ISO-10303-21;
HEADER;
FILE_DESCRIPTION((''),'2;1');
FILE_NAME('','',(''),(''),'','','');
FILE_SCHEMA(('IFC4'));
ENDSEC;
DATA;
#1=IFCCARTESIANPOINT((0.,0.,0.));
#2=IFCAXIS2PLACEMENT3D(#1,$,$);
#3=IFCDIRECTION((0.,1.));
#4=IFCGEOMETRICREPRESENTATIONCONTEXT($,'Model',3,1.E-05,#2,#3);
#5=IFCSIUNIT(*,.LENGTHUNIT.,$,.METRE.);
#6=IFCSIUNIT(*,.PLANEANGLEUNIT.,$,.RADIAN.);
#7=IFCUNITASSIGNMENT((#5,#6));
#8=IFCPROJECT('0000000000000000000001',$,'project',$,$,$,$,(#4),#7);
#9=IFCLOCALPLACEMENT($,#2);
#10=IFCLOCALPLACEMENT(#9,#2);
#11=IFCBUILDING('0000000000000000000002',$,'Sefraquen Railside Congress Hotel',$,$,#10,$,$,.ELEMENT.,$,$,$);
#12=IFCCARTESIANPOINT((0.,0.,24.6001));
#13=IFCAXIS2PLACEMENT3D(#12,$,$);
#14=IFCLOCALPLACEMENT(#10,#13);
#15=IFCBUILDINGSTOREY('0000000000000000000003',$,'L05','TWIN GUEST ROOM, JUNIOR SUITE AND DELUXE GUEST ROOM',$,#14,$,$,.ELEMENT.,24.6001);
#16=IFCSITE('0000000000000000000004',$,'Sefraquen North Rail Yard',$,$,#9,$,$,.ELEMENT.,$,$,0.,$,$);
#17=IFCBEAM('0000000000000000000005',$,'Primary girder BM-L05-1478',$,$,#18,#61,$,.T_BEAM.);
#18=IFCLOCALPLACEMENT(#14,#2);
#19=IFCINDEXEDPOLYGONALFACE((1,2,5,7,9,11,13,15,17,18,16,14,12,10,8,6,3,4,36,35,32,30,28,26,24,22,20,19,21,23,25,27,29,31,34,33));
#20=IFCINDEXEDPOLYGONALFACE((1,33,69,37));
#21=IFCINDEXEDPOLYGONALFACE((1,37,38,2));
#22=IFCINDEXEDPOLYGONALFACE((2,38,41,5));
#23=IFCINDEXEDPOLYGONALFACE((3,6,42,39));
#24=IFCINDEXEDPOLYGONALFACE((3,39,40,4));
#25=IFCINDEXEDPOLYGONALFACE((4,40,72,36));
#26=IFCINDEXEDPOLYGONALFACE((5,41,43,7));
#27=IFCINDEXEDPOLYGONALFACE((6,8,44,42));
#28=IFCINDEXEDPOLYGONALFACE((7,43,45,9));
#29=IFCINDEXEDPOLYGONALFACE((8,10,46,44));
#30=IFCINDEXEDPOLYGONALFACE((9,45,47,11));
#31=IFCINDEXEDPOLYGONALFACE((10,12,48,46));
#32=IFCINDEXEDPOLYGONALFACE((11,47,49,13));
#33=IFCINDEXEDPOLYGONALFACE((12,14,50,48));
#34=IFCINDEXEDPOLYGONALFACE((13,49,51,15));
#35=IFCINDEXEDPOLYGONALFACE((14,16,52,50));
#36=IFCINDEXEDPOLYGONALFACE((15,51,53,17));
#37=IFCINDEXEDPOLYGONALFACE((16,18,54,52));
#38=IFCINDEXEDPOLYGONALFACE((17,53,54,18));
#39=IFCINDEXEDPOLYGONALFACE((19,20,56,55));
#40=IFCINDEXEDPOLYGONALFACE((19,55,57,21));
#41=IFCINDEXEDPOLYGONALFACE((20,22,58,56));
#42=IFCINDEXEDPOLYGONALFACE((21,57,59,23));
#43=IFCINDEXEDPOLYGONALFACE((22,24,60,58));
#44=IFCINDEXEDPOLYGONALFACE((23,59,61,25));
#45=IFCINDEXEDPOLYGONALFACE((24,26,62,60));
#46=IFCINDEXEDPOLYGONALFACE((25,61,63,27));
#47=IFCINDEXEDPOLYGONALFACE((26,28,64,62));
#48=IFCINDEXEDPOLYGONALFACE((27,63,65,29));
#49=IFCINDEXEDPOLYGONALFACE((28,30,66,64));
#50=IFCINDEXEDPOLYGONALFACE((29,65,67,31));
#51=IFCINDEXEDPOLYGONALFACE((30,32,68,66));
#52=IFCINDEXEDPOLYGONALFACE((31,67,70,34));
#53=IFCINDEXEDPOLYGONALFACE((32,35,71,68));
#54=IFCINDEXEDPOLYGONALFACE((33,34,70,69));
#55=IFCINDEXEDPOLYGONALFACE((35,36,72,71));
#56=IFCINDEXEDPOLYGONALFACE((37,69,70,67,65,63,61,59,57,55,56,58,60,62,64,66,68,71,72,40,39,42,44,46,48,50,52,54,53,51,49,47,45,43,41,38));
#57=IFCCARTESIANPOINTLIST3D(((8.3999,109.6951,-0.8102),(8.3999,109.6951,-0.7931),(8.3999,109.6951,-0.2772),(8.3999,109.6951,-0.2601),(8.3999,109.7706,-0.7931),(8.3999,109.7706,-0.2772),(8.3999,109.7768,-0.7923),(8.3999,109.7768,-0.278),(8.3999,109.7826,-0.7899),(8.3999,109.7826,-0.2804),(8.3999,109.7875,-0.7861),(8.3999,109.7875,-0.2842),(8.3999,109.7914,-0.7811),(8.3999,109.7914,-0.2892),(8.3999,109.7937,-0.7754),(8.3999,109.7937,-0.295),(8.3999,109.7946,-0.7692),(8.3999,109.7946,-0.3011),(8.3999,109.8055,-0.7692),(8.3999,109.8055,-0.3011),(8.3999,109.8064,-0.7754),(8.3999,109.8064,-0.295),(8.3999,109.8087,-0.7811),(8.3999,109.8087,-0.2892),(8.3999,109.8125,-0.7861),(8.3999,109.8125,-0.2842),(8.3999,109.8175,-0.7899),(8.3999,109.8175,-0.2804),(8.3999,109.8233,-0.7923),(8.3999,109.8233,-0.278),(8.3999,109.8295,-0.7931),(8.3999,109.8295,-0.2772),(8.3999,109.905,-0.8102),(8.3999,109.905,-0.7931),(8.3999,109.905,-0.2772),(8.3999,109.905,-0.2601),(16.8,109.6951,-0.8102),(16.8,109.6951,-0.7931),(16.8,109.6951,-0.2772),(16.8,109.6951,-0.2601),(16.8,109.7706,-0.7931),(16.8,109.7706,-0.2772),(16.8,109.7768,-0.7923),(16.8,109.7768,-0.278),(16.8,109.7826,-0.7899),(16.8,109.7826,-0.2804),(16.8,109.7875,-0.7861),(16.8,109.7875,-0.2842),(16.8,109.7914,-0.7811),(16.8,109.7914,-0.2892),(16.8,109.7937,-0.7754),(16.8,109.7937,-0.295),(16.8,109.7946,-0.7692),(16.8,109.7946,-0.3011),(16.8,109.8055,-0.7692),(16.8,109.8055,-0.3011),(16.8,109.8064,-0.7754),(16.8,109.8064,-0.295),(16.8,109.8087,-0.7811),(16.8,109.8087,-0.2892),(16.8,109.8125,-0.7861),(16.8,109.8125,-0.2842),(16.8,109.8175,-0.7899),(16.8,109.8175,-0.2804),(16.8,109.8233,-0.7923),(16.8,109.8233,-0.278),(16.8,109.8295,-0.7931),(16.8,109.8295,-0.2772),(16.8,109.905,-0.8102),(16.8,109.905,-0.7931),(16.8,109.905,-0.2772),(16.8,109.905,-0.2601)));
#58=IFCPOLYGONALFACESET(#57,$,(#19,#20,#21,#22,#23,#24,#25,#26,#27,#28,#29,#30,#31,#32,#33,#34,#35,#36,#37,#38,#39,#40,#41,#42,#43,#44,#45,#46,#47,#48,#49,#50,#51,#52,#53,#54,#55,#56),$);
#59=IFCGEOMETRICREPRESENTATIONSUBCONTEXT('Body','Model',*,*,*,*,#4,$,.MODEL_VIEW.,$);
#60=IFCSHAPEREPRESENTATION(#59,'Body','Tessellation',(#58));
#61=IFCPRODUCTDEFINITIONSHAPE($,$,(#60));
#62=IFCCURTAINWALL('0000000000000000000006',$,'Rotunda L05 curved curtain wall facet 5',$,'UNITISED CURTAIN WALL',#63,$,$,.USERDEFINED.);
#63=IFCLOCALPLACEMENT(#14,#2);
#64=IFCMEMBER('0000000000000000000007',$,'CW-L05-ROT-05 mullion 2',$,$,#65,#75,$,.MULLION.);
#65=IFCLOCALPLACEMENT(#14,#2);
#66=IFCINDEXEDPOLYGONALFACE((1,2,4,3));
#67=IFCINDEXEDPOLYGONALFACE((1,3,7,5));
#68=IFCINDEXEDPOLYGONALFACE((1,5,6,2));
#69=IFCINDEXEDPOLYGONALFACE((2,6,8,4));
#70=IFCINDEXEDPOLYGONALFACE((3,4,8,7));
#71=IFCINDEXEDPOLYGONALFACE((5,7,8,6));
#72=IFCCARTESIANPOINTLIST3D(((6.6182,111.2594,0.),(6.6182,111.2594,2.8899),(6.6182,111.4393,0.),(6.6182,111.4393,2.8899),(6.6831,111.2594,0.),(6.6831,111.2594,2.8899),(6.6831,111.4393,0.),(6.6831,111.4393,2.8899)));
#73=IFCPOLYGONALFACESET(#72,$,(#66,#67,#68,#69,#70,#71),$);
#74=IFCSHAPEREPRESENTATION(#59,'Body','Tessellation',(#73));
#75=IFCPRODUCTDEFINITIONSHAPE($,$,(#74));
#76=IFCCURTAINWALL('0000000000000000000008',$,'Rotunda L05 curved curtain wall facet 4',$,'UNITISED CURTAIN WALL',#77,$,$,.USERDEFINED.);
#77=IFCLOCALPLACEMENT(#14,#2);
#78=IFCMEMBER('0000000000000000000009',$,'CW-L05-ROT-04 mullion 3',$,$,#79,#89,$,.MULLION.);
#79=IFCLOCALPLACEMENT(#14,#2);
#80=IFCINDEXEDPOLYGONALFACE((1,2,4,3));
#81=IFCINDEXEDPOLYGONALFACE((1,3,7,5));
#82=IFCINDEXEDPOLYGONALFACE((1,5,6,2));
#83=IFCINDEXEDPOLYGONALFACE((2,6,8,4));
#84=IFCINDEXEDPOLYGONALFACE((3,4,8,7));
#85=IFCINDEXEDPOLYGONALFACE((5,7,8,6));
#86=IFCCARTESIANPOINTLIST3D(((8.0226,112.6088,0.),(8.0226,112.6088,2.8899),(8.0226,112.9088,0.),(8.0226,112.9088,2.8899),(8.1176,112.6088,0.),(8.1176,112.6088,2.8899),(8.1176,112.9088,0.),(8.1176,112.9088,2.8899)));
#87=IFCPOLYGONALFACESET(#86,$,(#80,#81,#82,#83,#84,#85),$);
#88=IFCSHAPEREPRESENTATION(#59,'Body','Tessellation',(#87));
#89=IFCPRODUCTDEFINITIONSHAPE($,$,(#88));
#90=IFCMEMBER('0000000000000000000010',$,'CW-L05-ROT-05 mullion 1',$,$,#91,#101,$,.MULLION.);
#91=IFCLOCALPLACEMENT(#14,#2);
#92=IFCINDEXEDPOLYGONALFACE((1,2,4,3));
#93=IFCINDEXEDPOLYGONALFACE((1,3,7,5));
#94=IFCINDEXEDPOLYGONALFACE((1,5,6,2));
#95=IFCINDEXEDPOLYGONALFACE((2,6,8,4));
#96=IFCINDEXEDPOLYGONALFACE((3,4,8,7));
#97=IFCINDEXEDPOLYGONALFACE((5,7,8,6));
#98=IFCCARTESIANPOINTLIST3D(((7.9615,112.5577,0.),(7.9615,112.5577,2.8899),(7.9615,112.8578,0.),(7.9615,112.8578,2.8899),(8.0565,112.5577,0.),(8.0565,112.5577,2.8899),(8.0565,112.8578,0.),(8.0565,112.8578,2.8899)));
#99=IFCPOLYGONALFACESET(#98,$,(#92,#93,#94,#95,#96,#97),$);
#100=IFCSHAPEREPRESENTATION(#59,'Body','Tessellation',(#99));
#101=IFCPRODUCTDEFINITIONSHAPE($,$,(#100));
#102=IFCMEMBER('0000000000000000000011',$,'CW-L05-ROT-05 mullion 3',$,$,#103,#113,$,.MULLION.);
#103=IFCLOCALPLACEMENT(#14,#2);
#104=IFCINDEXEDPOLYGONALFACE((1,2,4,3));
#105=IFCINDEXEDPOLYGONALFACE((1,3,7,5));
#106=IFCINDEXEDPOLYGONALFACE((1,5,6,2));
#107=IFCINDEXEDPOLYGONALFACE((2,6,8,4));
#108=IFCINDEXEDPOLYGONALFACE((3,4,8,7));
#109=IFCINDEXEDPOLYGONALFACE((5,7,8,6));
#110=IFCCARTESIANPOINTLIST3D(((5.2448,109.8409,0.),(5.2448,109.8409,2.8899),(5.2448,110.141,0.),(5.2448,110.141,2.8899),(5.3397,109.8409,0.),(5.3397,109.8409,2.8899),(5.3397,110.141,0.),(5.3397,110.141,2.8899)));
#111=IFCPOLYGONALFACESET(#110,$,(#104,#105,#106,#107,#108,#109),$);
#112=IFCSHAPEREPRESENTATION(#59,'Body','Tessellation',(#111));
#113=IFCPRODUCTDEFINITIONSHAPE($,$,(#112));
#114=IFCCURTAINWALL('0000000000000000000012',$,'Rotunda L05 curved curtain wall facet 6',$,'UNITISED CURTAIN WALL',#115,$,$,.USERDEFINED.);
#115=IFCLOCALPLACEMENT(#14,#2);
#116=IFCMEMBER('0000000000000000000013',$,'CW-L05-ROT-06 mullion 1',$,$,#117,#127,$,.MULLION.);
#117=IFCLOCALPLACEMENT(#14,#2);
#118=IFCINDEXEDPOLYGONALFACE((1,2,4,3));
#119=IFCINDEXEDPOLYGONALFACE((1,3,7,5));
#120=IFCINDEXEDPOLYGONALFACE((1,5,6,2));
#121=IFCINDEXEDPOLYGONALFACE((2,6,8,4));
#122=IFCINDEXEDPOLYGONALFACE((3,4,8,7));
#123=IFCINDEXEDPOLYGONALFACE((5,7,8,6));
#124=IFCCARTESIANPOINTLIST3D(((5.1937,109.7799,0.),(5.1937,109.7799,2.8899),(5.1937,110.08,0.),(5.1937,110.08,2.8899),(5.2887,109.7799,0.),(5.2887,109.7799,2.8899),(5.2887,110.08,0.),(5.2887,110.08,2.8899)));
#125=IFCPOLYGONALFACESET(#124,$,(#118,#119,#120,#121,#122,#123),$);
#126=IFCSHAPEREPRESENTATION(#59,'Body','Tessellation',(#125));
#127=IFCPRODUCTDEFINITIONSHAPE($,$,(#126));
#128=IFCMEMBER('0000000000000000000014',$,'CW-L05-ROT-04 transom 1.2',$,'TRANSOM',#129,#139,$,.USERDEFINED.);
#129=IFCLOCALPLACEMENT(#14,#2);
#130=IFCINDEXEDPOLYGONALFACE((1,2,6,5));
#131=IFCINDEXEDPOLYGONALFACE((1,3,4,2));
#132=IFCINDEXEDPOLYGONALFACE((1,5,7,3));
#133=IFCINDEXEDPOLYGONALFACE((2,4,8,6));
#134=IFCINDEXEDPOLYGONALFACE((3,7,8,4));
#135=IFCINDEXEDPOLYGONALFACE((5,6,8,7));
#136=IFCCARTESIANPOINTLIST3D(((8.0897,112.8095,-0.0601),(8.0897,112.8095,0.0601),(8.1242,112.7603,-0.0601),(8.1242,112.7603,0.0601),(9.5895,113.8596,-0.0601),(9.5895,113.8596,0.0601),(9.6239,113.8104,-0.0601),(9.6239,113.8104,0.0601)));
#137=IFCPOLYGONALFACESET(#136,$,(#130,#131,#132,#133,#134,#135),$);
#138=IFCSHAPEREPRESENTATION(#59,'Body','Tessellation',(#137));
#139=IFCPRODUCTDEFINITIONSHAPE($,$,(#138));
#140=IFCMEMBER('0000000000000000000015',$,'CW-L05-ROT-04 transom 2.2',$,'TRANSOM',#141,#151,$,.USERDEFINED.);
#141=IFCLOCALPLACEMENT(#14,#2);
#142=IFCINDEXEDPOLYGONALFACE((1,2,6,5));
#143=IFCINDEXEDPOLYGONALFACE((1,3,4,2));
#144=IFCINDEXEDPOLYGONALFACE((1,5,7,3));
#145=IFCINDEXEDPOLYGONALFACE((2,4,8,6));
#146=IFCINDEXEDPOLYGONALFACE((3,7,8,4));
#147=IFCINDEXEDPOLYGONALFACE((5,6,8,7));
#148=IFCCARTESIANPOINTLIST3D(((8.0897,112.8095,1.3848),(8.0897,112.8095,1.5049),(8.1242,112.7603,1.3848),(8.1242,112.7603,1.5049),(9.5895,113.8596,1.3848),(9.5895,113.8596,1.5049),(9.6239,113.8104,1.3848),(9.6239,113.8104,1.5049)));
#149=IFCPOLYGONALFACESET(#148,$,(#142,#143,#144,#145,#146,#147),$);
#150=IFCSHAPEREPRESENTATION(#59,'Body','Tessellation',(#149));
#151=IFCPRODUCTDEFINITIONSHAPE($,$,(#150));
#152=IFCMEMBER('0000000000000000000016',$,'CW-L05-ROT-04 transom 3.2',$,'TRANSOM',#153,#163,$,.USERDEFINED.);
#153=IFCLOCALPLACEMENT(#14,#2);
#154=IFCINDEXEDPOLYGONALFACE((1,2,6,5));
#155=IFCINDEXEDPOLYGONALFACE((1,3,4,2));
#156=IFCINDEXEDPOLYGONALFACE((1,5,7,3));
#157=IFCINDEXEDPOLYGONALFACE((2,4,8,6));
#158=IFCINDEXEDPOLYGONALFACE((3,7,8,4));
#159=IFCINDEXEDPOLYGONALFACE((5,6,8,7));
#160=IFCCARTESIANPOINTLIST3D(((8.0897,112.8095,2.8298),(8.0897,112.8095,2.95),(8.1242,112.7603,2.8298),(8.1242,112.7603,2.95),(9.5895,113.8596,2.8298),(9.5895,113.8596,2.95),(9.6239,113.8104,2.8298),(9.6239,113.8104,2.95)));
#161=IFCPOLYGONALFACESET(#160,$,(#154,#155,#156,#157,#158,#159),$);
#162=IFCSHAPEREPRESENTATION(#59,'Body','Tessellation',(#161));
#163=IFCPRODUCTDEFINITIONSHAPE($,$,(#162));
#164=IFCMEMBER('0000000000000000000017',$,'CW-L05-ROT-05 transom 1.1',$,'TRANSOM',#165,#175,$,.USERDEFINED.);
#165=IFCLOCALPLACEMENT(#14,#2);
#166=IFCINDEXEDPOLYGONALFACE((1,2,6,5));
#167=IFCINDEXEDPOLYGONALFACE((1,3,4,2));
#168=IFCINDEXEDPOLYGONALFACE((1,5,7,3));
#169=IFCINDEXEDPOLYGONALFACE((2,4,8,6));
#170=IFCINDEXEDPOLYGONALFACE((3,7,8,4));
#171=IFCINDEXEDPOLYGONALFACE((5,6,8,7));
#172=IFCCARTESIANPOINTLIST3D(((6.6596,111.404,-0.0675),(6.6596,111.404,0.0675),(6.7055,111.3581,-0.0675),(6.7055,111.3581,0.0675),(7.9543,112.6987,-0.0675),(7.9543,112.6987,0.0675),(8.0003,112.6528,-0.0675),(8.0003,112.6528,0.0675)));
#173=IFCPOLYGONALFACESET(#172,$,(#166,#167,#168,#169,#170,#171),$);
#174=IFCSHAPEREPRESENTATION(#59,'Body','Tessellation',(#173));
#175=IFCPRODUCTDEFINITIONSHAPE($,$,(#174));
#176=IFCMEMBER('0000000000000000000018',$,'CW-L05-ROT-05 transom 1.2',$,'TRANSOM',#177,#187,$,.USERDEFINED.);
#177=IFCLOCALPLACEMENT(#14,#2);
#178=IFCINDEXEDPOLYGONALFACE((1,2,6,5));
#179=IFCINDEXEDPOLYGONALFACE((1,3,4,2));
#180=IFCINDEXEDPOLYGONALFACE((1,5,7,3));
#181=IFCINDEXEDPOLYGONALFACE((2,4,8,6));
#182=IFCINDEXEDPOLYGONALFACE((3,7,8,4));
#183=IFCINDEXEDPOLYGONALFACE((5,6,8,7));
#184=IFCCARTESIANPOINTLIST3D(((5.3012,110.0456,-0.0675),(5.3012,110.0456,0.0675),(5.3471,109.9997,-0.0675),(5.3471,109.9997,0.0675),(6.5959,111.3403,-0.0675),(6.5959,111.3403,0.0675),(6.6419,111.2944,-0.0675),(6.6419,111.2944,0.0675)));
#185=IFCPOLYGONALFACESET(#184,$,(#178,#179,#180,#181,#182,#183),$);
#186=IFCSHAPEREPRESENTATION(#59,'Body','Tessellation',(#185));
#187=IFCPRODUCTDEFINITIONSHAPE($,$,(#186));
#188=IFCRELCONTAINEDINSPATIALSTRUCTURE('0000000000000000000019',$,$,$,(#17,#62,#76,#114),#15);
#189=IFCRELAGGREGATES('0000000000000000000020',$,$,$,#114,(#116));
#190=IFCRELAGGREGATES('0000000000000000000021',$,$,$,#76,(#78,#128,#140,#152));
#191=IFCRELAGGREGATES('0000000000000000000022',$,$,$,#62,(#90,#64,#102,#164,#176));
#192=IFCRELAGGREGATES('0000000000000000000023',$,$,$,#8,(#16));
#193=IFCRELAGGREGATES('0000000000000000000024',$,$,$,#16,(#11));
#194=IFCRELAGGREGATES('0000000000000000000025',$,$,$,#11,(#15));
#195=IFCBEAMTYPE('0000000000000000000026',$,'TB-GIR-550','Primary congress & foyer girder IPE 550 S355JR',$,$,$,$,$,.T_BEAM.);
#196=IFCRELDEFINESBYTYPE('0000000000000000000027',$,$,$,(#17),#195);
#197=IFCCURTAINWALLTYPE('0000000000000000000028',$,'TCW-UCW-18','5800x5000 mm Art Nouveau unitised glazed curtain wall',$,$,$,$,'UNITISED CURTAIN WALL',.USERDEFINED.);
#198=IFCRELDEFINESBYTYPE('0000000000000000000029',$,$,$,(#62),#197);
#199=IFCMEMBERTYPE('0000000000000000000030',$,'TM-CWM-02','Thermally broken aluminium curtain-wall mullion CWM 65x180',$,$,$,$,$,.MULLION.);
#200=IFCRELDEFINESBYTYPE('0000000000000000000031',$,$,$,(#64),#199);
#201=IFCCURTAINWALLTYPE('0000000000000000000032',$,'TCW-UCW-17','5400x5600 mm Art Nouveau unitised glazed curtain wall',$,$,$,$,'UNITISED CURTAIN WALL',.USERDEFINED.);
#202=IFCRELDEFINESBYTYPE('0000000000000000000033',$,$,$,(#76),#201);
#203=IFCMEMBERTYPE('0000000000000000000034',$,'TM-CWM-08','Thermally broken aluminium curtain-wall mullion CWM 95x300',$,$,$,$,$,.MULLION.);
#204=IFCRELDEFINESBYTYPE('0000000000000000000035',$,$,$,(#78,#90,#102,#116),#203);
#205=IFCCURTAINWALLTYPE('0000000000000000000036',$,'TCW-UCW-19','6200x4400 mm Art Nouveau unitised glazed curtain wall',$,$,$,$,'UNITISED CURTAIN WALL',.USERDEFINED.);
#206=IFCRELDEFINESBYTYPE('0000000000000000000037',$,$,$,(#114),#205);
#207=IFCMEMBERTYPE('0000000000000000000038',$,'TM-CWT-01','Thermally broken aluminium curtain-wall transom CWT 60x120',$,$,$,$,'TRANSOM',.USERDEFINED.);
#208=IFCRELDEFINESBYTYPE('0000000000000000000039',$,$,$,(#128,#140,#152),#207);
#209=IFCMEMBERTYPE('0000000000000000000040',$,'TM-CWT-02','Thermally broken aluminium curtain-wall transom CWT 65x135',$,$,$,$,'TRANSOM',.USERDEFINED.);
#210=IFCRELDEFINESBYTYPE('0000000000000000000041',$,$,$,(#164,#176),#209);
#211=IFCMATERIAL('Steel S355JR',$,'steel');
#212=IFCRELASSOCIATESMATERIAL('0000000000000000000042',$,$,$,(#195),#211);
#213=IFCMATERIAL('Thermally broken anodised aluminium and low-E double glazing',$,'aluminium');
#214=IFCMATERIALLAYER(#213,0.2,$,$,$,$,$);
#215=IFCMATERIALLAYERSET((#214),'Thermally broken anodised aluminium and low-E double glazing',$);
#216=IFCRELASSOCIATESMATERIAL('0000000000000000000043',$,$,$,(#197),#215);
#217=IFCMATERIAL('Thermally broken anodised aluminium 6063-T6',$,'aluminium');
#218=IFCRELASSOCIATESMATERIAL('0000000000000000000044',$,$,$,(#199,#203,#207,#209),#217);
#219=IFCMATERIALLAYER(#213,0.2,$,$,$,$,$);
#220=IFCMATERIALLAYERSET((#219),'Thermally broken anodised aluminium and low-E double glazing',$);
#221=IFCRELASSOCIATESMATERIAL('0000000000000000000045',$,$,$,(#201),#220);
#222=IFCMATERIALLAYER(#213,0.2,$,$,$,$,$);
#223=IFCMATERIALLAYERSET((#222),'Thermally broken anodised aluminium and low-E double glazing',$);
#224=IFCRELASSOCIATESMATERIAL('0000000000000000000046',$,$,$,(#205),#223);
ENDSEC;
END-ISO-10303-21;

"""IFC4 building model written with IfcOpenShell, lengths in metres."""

from ifc_helpers import new_model, si_unit, direction, frame, origin, origin_2d, place, context, subcontext, project, spatial, rectangle, i_section, extrude, material, layer, layer_set, material_profile, profile_set, type_object, element, aggregate, save


model = new_model("IFC4")

# Units and contexts
model_context = context("Model", 3, precision=1e-05, world=origin(), true_north=direction((0.0, 1.0)))
body_context = subcontext(model_context, "Body", "Model", "MODEL_VIEW")
ifc_project = project(units=[si_unit("LENGTHUNIT", "METRE"), si_unit("PLANEANGLEUNIT", "RADIAN")], contexts=[model_context])

# Site, building, storey
site_placement = place(None, origin())
site = spatial("IfcSite", under=ifc_project, at=site_placement, Name="Sefraquen North Rail Yard", CompositionType="ELEMENT", RefElevation=0.0)
building_placement = place(site_placement, origin())
building = spatial("IfcBuilding", under=site, at=building_placement, Name="Sefraquen Railside Congress Hotel", CompositionType="ELEMENT")
storey_placement = place(building_placement, frame((0.0, 0.0, 24.6001)))
storey = spatial("IfcBuildingStorey", under=building, at=storey_placement, Name="L05", Description="TWIN GUEST ROOM, JUNIOR SUITE AND DELUXE GUEST ROOM", CompositionType="ELEMENT", Elevation=24.6001)

# Beam
ifc_material_1 = material(Name="Steel S355JR", Category="steel")
ifc_material_profile_1 = material_profile(ifc_material_1, i_section(OverallWidth=0.21, OverallDepth=0.55, WebThickness=0.011, FlangeThickness=0.0171, FilletRadius=0.0239, at=origin_2d()), Name="IPE 550")
ifc_profile_set_1 = profile_set([ifc_material_profile_1], Name="Steel S355JR")
beam_type = type_object("IfcBeamType", Name="TB-GIR-550", Description="Primary congress & foyer girder IPE 550 S355JR", PredefinedType="T_BEAM", material=ifc_profile_set_1)
beam_placement = place(storey_placement, frame((8.3999, 109.8, -0.5352), z_axis=(1.0, 0.0, 0.0), x_axis=(0.0, 1.0, 0.0)))
element("IfcBeam", 1, at=beam_placement, inside=storey, type_object=beam_type, Name="Primary girder BM-L05-1478", PredefinedType="T_BEAM", context=body_context, shape_type="SweptSolid", body=[
    extrude(i_section(OverallWidth=0.21, OverallDepth=0.55, WebThickness=0.011, FlangeThickness=0.0171, FilletRadius=0.0239, at=origin_2d()), origin(), (0.0, 0.0, 1.0), 8.4001),
])

# Curtain walls, members
ifc_material_2 = material(Name="Thermally broken anodised aluminium and low-E double glazing", Category="aluminium")
ifc_layer_1 = layer(ifc_material_2, 0.2)
ifc_layer_set_1 = layer_set([ifc_layer_1], Name="Thermally broken anodised aluminium and low-E double glazing")
curtain_wall_type_1 = type_object("IfcCurtainWallType", Name="TCW-UCW-18", Description="5800x5000 mm Art Nouveau unitised glazed curtain wall", ElementType="UNITISED CURTAIN WALL", PredefinedType="USERDEFINED", material=ifc_layer_set_1)
curtain_wall_1_placement = place(storey_placement, origin())
curtain_wall_1 = element("IfcCurtainWall", 2, at=curtain_wall_1_placement, inside=storey, type_object=curtain_wall_type_1, Name="Rotunda L05 curved curtain wall facet 5", ObjectType="UNITISED CURTAIN WALL", PredefinedType="USERDEFINED")
ifc_material_3 = material(Name="Thermally broken anodised aluminium 6063-T6", Category="aluminium")
ifc_material_profile_2 = material_profile(ifc_material_3, rectangle(XDim=0.0649, YDim=0.1799, at=origin_2d()), Name="CWM 65x180")
ifc_profile_set_2 = profile_set([ifc_material_profile_2], Name="Thermally broken anodised aluminium 6063-T6")
member_type_1 = type_object("IfcMemberType", Name="TM-CWM-02", Description="Thermally broken aluminium curtain-wall mullion CWM 65x180", PredefinedType="MULLION", material=ifc_profile_set_2)
member_1_placement = place(storey_placement, frame((6.6506, 111.3494, 0.0), z_axis=(0.0, 0.0, 1.0), x_axis=(1.0, 0.0, 0.0)))
member_1 = element("IfcMember", 3, at=member_1_placement, type_object=member_type_1, Name="CW-L05-ROT-05 mullion 2", PredefinedType="MULLION", context=body_context, shape_type="SweptSolid", body=[
    extrude(rectangle(XDim=0.0649, YDim=0.1799, at=origin_2d()), origin(), (0.0, 0.0, 1.0), 2.8899),
])
ifc_layer_2 = layer(ifc_material_2, 0.2)
ifc_layer_set_2 = layer_set([ifc_layer_2], Name="Thermally broken anodised aluminium and low-E double glazing")
curtain_wall_type_2 = type_object("IfcCurtainWallType", Name="TCW-UCW-17", Description="5400x5600 mm Art Nouveau unitised glazed curtain wall", ElementType="UNITISED CURTAIN WALL", PredefinedType="USERDEFINED", material=ifc_layer_set_2)
curtain_wall_2_placement = place(storey_placement, origin())
curtain_wall_2 = element("IfcCurtainWall", 4, at=curtain_wall_2_placement, inside=storey, type_object=curtain_wall_type_2, Name="Rotunda L05 curved curtain wall facet 4", ObjectType="UNITISED CURTAIN WALL", PredefinedType="USERDEFINED")
ifc_material_profile_3 = material_profile(ifc_material_3, rectangle(XDim=0.095, YDim=0.3, at=origin_2d()), Name="CWM 95x300")
ifc_profile_set_3 = profile_set([ifc_material_profile_3], Name="Thermally broken anodised aluminium 6063-T6")
member_type_2 = type_object("IfcMemberType", Name="TM-CWM-08", Description="Thermally broken aluminium curtain-wall mullion CWM 95x300", PredefinedType="MULLION", material=ifc_profile_set_3)
member_2_placement = place(storey_placement, frame((8.0701, 112.7588, 0.0), z_axis=(0.0, 0.0, 1.0), x_axis=(1.0, 0.0, 0.0)))
member_2 = element("IfcMember", 5, at=member_2_placement, type_object=member_type_2, Name="CW-L05-ROT-04 mullion 3", PredefinedType="MULLION", context=body_context, shape_type="SweptSolid", body=[
    extrude(rectangle(XDim=0.095, YDim=0.3, at=origin_2d()), origin(), (0.0, 0.0, 1.0), 2.8899),
])

# Members
member_3_placement = place(storey_placement, frame((8.009, 112.7078, 0.0), z_axis=(0.0, 0.0, 1.0), x_axis=(1.0, 0.0, 0.0)))
member_3 = element("IfcMember", 6, at=member_3_placement, type_object=member_type_2, Name="CW-L05-ROT-05 mullion 1", PredefinedType="MULLION", context=body_context, shape_type="SweptSolid", body=[
    extrude(rectangle(XDim=0.095, YDim=0.3, at=origin_2d()), origin(), (0.0, 0.0, 1.0), 2.8899),
])
member_4_placement = place(storey_placement, frame((5.2922, 109.991, 0.0), z_axis=(0.0, 0.0, 1.0), x_axis=(1.0, 0.0, 0.0)))
member_4 = element("IfcMember", 7, at=member_4_placement, type_object=member_type_2, Name="CW-L05-ROT-05 mullion 3", PredefinedType="MULLION", context=body_context, shape_type="SweptSolid", body=[
    extrude(rectangle(XDim=0.095, YDim=0.3, at=origin_2d()), origin(), (0.0, 0.0, 1.0), 2.8899),
])

# Curtain wall, member
ifc_layer_3 = layer(ifc_material_2, 0.2)
ifc_layer_set_3 = layer_set([ifc_layer_3], Name="Thermally broken anodised aluminium and low-E double glazing")
curtain_wall_type_3 = type_object("IfcCurtainWallType", Name="TCW-UCW-19", Description="6200x4400 mm Art Nouveau unitised glazed curtain wall", ElementType="UNITISED CURTAIN WALL", PredefinedType="USERDEFINED", material=ifc_layer_set_3)
curtain_wall_3_placement = place(storey_placement, origin())
curtain_wall_3 = element("IfcCurtainWall", 8, at=curtain_wall_3_placement, inside=storey, type_object=curtain_wall_type_3, Name="Rotunda L05 curved curtain wall facet 6", ObjectType="UNITISED CURTAIN WALL", PredefinedType="USERDEFINED")
member_5_placement = place(storey_placement, frame((5.2412, 109.9299, 0.0), z_axis=(0.0, 0.0, 1.0), x_axis=(1.0, 0.0, 0.0)))
member_5 = element("IfcMember", 9, at=member_5_placement, type_object=member_type_2, Name="CW-L05-ROT-06 mullion 1", PredefinedType="MULLION", context=body_context, shape_type="SweptSolid", body=[
    extrude(rectangle(XDim=0.095, YDim=0.3, at=origin_2d()), origin(), (0.0, 0.0, 1.0), 2.8899),
])

# Members
ifc_material_profile_4 = material_profile(ifc_material_3, rectangle(XDim=0.0601, YDim=0.1201, at=origin_2d()), Name="CWT 60x120")
ifc_profile_set_4 = profile_set([ifc_material_profile_4], Name="Thermally broken anodised aluminium 6063-T6")
member_type_3 = type_object("IfcMemberType", Name="TM-CWT-01", Description="Thermally broken aluminium curtain-wall transom CWT 60x120", ElementType="TRANSOM", PredefinedType="USERDEFINED", material=ifc_profile_set_4)
member_6_placement = place(storey_placement, frame((9.6067, 113.835, 0.0), z_axis=(-0.819176, -0.573543, 0.0), x_axis=(0.573543, -0.819176, 0.0)))
member_6 = element("IfcMember", 10, at=member_6_placement, type_object=member_type_3, Name="CW-L05-ROT-04 transom 1.2", ObjectType="TRANSOM", PredefinedType="USERDEFINED", context=body_context, shape_type="SweptSolid", body=[
    extrude(rectangle(XDim=0.0601, YDim=0.1201, at=origin_2d()), origin(), (0.0, 0.0, 1.0), 1.8308),
])
member_7_placement = place(storey_placement, frame((9.6067, 113.835, 1.4448), z_axis=(-0.819176, -0.573543, 0.0), x_axis=(0.573543, -0.819176, 0.0)))
member_7 = element("IfcMember", 11, at=member_7_placement, type_object=member_type_3, Name="CW-L05-ROT-04 transom 2.2", ObjectType="TRANSOM", PredefinedType="USERDEFINED", context=body_context, shape_type="SweptSolid", body=[
    extrude(rectangle(XDim=0.0601, YDim=0.1201, at=origin_2d()), origin(), (0.0, 0.0, 1.0), 1.8308),
])
member_8_placement = place(storey_placement, frame((9.6067, 113.835, 2.8899), z_axis=(-0.819176, -0.573543, 0.0), x_axis=(0.573543, -0.819176, 0.0)))
member_8 = element("IfcMember", 12, at=member_8_placement, type_object=member_type_3, Name="CW-L05-ROT-04 transom 3.2", ObjectType="TRANSOM", PredefinedType="USERDEFINED", context=body_context, shape_type="SweptSolid", body=[
    extrude(rectangle(XDim=0.0601, YDim=0.1201, at=origin_2d()), origin(), (0.0, 0.0, 1.0), 1.8308),
])
ifc_material_profile_5 = material_profile(ifc_material_3, rectangle(XDim=0.0649, YDim=0.135, at=origin_2d()), Name="CWT 65x135")
ifc_profile_set_5 = profile_set([ifc_material_profile_5], Name="Thermally broken anodised aluminium 6063-T6")
member_type_4 = type_object("IfcMemberType", Name="TM-CWT-02", Description="Thermally broken aluminium curtain-wall transom CWT 65x135", ElementType="TRANSOM", PredefinedType="USERDEFINED", material=ifc_profile_set_5)
member_9_placement = place(storey_placement, frame((7.9773, 112.6758, 0.0), z_axis=(-0.707107, -0.707107, 0.0), x_axis=(0.707107, -0.707107, 0.0)))
member_9 = element("IfcMember", 13, at=member_9_placement, type_object=member_type_4, Name="CW-L05-ROT-05 transom 1.1", ObjectType="TRANSOM", PredefinedType="USERDEFINED", context=body_context, shape_type="SweptSolid", body=[
    extrude(rectangle(XDim=0.0649, YDim=0.135, at=origin_2d()), origin(), (0.0, 0.0, 1.0), 1.8311),
])
member_10_placement = place(storey_placement, frame((6.6189, 111.3174, 0.0), z_axis=(-0.707107, -0.707107, 0.0), x_axis=(0.707107, -0.707107, 0.0)))
member_10 = element("IfcMember", 14, at=member_10_placement, type_object=member_type_4, Name="CW-L05-ROT-05 transom 1.2", ObjectType="TRANSOM", PredefinedType="USERDEFINED", context=body_context, shape_type="SweptSolid", body=[
    extrude(rectangle(XDim=0.0649, YDim=0.135, at=origin_2d()), origin(), (0.0, 0.0, 1.0), 1.8311),
])
aggregate(curtain_wall_3, [member_5])

aggregate(curtain_wall_2, [member_2, member_6, member_7, member_8])
aggregate(curtain_wall_1, [member_3, member_1, member_4, member_9, member_10])

save(model, "model.ifc")
